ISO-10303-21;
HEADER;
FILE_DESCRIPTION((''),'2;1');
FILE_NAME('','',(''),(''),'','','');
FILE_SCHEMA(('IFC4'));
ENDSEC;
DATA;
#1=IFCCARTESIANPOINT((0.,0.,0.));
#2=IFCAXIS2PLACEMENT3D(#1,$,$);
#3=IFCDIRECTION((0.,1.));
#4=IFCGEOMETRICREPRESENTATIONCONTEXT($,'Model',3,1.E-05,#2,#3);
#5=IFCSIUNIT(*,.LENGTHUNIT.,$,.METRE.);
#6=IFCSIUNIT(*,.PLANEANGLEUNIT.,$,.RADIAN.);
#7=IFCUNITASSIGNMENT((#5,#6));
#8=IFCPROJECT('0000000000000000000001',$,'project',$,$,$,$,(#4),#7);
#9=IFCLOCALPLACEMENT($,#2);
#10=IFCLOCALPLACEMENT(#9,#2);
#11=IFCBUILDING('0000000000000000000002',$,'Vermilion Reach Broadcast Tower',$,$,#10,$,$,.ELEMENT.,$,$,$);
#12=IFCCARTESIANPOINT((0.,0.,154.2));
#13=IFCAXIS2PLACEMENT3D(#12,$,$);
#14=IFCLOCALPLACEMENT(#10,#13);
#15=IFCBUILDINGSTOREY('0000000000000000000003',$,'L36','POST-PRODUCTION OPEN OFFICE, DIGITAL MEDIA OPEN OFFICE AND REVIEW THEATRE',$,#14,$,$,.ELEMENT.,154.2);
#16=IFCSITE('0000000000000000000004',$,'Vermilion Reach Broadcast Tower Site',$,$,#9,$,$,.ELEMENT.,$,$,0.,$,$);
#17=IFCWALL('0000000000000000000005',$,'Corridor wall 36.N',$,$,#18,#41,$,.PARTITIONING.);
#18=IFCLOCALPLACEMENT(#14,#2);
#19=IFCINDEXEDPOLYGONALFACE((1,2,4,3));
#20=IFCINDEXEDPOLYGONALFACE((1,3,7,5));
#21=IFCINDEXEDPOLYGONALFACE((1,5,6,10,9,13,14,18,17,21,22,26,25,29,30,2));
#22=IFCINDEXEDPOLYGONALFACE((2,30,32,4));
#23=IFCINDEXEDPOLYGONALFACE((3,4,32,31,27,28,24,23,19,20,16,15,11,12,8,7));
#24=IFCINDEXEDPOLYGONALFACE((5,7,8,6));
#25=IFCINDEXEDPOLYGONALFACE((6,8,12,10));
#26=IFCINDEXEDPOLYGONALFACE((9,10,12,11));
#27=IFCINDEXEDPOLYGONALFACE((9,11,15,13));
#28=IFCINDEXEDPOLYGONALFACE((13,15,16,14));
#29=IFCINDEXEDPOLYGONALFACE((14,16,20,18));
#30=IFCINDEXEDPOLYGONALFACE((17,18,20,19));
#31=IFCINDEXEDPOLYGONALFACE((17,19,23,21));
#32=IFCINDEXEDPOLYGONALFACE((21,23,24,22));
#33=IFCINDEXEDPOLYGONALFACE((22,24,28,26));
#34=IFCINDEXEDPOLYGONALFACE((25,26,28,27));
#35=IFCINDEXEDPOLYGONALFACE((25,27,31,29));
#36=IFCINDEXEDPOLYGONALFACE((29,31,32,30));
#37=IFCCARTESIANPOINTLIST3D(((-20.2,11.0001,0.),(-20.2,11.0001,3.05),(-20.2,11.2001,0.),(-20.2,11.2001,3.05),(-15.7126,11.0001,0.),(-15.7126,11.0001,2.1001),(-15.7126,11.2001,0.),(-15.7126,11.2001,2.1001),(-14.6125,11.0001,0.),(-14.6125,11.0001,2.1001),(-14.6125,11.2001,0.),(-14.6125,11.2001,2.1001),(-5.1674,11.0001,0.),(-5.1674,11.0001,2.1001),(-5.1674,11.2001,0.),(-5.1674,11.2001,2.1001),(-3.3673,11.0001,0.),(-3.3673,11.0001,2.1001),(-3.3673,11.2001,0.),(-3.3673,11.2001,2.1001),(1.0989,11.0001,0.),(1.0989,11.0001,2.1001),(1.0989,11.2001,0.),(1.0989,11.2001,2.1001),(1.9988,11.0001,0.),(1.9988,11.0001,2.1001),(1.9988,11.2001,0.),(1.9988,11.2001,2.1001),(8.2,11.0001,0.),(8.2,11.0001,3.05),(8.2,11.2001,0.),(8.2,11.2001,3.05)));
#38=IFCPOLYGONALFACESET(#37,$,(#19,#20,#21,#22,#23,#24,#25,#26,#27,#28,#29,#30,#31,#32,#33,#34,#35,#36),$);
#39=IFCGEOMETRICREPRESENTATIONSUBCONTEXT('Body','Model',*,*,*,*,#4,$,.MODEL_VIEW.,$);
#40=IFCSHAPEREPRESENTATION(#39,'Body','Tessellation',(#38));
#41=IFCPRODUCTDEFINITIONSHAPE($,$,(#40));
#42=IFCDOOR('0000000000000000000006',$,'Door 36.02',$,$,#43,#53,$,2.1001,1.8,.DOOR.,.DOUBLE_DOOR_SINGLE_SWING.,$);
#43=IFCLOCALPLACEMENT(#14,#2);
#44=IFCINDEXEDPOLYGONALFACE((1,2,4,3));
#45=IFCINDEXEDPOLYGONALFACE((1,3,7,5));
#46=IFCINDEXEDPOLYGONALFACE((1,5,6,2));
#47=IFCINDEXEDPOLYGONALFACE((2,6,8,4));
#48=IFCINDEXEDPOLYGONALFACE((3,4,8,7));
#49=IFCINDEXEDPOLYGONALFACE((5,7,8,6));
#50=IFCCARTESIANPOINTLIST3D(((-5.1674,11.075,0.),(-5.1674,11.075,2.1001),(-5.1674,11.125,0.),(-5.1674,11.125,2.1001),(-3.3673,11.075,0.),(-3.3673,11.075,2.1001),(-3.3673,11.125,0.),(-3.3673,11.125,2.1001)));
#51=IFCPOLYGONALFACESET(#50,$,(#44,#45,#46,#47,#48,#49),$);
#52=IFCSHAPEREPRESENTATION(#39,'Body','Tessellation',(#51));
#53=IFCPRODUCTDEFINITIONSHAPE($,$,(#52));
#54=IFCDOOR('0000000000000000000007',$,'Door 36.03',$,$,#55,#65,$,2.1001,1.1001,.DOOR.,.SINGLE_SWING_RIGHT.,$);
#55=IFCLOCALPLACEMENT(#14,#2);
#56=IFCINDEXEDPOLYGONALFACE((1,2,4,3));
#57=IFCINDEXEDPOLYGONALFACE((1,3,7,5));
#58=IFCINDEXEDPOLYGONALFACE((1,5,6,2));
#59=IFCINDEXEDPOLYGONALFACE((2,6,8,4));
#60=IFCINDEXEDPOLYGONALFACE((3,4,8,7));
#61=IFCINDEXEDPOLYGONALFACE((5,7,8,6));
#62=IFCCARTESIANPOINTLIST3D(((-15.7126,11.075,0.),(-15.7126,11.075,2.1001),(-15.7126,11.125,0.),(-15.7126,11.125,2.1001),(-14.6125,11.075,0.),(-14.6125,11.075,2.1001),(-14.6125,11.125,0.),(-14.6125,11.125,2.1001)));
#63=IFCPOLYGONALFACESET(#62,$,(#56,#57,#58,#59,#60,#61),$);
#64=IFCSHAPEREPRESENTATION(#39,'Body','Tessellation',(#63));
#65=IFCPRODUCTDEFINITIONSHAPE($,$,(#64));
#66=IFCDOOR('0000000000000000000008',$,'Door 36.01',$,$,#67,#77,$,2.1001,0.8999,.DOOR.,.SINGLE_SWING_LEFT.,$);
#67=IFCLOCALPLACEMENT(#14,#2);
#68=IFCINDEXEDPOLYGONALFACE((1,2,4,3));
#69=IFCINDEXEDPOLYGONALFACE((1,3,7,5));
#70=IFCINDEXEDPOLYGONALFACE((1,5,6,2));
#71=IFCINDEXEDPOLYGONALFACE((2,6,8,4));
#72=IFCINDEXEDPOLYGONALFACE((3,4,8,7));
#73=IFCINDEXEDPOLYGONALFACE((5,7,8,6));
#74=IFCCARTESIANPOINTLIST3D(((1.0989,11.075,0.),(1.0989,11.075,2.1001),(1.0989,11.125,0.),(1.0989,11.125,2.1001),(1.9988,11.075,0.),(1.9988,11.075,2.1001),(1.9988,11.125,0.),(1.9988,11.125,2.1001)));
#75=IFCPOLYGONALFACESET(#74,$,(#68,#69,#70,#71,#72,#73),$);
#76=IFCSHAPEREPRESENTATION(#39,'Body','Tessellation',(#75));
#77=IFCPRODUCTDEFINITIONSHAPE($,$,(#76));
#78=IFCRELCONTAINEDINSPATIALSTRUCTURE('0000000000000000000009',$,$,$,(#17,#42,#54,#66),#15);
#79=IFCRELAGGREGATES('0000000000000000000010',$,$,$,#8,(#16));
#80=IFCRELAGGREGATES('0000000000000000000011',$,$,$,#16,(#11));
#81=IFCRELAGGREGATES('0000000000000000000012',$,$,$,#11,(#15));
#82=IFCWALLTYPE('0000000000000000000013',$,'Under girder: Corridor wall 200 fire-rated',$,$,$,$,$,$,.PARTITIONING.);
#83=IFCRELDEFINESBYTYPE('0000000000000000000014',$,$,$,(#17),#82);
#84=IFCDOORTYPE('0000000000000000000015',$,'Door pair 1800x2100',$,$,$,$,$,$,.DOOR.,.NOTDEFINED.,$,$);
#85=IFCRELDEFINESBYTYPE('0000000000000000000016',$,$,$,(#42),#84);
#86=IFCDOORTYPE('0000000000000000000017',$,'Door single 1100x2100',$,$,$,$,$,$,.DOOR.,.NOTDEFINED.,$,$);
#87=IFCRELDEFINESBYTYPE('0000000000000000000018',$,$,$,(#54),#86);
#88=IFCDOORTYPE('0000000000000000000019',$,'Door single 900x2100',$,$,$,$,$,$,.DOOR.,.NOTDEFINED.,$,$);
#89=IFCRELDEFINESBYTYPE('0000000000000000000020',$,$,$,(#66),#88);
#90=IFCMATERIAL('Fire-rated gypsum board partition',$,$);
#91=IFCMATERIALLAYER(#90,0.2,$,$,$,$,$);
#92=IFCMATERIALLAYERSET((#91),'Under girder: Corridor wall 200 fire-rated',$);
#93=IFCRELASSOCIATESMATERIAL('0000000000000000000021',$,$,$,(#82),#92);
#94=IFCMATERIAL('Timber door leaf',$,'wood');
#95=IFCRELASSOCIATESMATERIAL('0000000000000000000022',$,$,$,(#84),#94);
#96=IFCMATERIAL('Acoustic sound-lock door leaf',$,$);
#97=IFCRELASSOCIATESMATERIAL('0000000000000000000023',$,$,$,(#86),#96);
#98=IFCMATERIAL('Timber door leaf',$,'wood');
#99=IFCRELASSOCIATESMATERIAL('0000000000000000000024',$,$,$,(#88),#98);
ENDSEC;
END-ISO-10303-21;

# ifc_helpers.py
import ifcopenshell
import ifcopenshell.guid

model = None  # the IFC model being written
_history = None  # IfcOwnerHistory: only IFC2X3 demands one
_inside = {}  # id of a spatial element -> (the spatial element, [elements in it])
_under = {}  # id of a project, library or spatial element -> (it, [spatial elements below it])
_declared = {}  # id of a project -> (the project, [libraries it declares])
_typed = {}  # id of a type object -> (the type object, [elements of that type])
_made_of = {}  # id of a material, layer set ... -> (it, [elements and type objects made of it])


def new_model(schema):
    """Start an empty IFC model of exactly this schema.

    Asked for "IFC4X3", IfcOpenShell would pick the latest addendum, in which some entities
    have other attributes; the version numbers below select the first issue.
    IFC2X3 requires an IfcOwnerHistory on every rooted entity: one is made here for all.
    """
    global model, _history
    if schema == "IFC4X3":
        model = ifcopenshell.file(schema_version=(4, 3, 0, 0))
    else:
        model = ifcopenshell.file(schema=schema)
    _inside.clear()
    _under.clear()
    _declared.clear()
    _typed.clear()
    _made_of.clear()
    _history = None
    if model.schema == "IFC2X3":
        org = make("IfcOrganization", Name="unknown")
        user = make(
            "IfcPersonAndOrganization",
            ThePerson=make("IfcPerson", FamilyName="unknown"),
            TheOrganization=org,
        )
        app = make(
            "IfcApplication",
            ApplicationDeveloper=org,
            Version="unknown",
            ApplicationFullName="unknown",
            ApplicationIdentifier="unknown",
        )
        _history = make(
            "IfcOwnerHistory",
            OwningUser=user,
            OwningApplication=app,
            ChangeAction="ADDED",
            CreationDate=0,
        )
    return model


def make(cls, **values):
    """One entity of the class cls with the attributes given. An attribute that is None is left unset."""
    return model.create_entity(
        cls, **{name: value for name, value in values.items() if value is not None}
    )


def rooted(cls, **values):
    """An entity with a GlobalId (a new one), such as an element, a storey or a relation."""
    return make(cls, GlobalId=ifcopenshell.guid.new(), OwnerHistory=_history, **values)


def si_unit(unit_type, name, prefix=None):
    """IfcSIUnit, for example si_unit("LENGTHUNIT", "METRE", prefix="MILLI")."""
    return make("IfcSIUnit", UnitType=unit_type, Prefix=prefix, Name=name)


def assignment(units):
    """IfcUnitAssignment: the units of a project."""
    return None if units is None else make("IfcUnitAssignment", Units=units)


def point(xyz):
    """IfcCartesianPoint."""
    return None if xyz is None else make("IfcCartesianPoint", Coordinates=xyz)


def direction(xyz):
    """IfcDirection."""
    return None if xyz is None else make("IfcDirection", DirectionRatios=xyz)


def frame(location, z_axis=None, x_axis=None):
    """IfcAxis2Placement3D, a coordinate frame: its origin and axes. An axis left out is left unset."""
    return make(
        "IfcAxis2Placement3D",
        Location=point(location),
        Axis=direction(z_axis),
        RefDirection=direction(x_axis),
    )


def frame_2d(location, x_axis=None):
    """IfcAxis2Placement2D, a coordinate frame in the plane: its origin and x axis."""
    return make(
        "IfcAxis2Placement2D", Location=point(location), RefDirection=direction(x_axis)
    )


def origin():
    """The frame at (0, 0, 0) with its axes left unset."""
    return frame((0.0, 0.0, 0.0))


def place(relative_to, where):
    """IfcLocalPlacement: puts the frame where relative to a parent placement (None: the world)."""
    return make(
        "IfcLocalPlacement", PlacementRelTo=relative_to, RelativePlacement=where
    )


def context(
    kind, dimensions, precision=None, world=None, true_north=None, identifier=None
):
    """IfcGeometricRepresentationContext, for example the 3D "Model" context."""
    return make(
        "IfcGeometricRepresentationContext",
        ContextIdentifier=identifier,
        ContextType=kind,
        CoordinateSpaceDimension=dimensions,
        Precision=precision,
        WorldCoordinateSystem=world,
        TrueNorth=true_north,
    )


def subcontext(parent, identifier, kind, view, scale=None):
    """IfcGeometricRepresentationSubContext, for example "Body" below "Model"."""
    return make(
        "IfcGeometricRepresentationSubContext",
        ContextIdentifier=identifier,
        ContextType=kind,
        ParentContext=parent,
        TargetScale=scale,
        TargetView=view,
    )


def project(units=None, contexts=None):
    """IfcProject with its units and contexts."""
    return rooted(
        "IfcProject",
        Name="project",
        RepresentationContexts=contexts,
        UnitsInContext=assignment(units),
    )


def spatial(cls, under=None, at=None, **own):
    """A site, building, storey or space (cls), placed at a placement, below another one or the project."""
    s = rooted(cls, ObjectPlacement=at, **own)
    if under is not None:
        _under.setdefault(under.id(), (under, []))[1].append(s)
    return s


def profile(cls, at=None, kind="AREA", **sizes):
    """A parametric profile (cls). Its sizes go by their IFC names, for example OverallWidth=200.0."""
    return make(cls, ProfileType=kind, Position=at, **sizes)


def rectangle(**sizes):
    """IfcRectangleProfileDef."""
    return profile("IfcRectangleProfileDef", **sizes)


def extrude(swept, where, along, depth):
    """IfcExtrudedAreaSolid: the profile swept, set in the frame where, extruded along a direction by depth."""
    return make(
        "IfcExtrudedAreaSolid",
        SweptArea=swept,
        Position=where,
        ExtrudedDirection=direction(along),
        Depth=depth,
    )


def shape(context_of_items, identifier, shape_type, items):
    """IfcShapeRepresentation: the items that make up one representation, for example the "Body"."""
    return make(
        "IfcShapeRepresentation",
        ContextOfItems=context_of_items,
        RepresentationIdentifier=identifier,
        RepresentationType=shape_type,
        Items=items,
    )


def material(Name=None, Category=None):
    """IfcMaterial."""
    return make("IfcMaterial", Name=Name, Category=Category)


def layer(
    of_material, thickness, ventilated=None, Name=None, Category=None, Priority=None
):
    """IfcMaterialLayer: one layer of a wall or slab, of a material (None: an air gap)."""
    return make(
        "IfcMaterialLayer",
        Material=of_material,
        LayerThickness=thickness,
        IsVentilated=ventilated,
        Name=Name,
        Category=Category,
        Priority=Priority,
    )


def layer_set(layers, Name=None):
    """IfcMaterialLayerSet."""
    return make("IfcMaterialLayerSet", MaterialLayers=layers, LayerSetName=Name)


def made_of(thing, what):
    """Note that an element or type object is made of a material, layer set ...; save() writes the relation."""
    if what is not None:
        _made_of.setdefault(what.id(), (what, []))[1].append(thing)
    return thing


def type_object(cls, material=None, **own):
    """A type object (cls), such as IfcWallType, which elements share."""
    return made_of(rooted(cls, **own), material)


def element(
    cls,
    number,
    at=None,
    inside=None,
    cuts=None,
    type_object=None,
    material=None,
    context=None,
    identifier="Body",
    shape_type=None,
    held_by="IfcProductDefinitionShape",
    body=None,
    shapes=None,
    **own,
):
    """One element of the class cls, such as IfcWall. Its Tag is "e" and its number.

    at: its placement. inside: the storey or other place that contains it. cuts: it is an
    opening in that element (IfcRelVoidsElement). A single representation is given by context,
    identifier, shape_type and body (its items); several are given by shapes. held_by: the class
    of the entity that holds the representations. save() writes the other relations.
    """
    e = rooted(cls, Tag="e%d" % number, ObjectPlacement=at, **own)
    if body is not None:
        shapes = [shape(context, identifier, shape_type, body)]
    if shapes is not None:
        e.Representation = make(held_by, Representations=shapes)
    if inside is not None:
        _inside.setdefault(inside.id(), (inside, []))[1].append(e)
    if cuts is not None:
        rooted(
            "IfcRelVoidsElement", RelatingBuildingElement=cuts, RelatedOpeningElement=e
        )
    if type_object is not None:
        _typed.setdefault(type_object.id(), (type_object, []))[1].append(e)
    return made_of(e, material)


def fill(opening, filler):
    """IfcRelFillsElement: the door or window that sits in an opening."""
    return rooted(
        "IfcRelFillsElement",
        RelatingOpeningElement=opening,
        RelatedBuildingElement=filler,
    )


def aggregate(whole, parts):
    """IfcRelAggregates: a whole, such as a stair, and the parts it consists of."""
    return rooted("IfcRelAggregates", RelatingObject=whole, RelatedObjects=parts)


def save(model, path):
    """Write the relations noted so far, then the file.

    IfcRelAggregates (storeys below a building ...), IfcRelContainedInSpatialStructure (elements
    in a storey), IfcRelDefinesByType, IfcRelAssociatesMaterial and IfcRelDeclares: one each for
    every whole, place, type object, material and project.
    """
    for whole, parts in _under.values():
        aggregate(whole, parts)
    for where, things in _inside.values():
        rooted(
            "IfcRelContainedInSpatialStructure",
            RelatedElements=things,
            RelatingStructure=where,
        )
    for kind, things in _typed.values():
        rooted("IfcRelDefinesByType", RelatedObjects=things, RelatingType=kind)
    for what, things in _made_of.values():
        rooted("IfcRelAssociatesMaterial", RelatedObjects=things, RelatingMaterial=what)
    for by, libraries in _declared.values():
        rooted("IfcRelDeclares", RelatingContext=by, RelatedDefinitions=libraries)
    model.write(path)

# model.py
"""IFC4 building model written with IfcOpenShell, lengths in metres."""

from ifc_helpers import new_model, si_unit, direction, frame, frame_2d, origin, place, context, subcontext, project, spatial, rectangle, extrude, material, layer, layer_set, type_object, element, fill, save


model = new_model("IFC4")

# Units and contexts
model_context = context("Model", 3, precision=1e-05, world=origin(), true_north=direction((0.0, 1.0)))
body_context = subcontext(model_context, "Body", "Model", "MODEL_VIEW")
ifc_project = project(units=[si_unit("LENGTHUNIT", "METRE"), si_unit("PLANEANGLEUNIT", "RADIAN")], contexts=[model_context])

# Site, building, storey
site_placement = place(None, origin())
site = spatial("IfcSite", under=ifc_project, at=site_placement, Name="Vermilion Reach Broadcast Tower Site", CompositionType="ELEMENT", RefElevation=0.0)
building_placement = place(site_placement, origin())
building = spatial("IfcBuilding", under=site, at=building_placement, Name="Vermilion Reach Broadcast Tower", CompositionType="ELEMENT")
storey_placement = place(building_placement, frame((0.0, 0.0, 154.2)))
storey = spatial("IfcBuildingStorey", under=building, at=storey_placement, Name="L36", Description="POST-PRODUCTION OPEN OFFICE, DIGITAL MEDIA OPEN OFFICE AND REVIEW THEATRE", CompositionType="ELEMENT", Elevation=154.2)

# Wall, openings, doors
ifc_material_1 = material(Name="Fire-rated gypsum board partition")
ifc_layer_1 = layer(ifc_material_1, 0.2)
ifc_layer_set_1 = layer_set([ifc_layer_1], Name="Under girder: Corridor wall 200 fire-rated")
wall_type_1 = type_object("IfcWallType", Name="Under girder: Corridor wall 200 fire-rated", PredefinedType="PARTITIONING", material=ifc_layer_set_1)
wall_1_placement = place(storey_placement, frame((-20.2, 11.1001, 0.0), z_axis=(0.0, 0.0, 1.0), x_axis=(1.0, 0.0, 0.0)))
wall_1 = element("IfcWall", 1, at=wall_1_placement, inside=storey, type_object=wall_type_1, Name="Corridor wall 36.N", PredefinedType="PARTITIONING", context=body_context, shape_type="SweptSolid", body=[
    extrude(rectangle(XDim=28.3999, YDim=0.2, at=frame_2d((14.2, 0.0))), origin(), (0.0, 0.0, 1.0), 3.05),
])
opening_1_placement = place(wall_1_placement, frame((21.2988, 0.0, 0.0)))
opening_1 = element("IfcOpeningElement", 2, at=opening_1_placement, cuts=wall_1, PredefinedType="OPENING", context=body_context, shape_type="SweptSolid", body=[
    extrude(rectangle(XDim=0.8999, YDim=2.1001, at=frame_2d((0.45, 1.05))), frame((0.0, 0.1099, 0.0), z_axis=(0.0, -1.0, 0.0), x_axis=(1.0, 0.0, 0.0)), (0.0, 0.0, 1.0), 0.22),
])
opening_2_placement = place(wall_1_placement, frame((15.0327, 0.0, 0.0)))
opening_2 = element("IfcOpeningElement", 3, at=opening_2_placement, cuts=wall_1, PredefinedType="OPENING", context=body_context, shape_type="SweptSolid", body=[
    extrude(rectangle(XDim=1.8, YDim=2.1001, at=frame_2d((0.8999, 1.05))), frame((0.0, 0.1099, 0.0), z_axis=(0.0, -1.0, 0.0), x_axis=(1.0, 0.0, 0.0)), (0.0, 0.0, 1.0), 0.22),
])
opening_3_placement = place(wall_1_placement, frame((4.4873, 0.0, 0.0)))
opening_3 = element("IfcOpeningElement", 4, at=opening_3_placement, cuts=wall_1, PredefinedType="OPENING", context=body_context, shape_type="SweptSolid", body=[
    extrude(rectangle(XDim=1.1001, YDim=2.1001, at=frame_2d((0.55, 1.05))), frame((0.0, 0.1099, 0.0), z_axis=(0.0, -1.0, 0.0), x_axis=(1.0, 0.0, 0.0)), (0.0, 0.0, 1.0), 0.22),
])
ifc_material_2 = material(Name="Timber door leaf", Category="wood")
door_type_1 = type_object("IfcDoorType", Name="Door pair 1800x2100", OperationType="NOTDEFINED", PredefinedType="DOOR", material=ifc_material_2)
door_1_placement = place(opening_2_placement, origin())
door_1 = element("IfcDoor", 5, at=door_1_placement, inside=storey, type_object=door_type_1, Name="Door 36.02", OperationType="DOUBLE_DOOR_SINGLE_SWING", OverallHeight=2.1001, OverallWidth=1.8, PredefinedType="DOOR", context=body_context, shape_type="SweptSolid", body=[
    extrude(rectangle(XDim=1.8, YDim=2.1001, at=frame_2d((0.8999, 1.05))), frame((0.0, 0.0249, 0.0), z_axis=(0.0, -1.0, 0.0), x_axis=(1.0, 0.0, 0.0)), (0.0, 0.0, 1.0), 0.05),
])
fill(opening_2, door_1)
ifc_material_3 = material(Name="Acoustic sound-lock door leaf")
door_type_2 = type_object("IfcDoorType", Name="Door single 1100x2100", OperationType="NOTDEFINED", PredefinedType="DOOR", material=ifc_material_3)
door_2_placement = place(opening_3_placement, origin())
door_2 = element("IfcDoor", 6, at=door_2_placement, inside=storey, type_object=door_type_2, Name="Door 36.03", OperationType="SINGLE_SWING_RIGHT", OverallHeight=2.1001, OverallWidth=1.1001, PredefinedType="DOOR", context=body_context, shape_type="SweptSolid", body=[
    extrude(rectangle(XDim=1.1001, YDim=2.1001, at=frame_2d((0.55, 1.05))), frame((0.0, 0.0249, 0.0), z_axis=(0.0, -1.0, 0.0), x_axis=(1.0, 0.0, 0.0)), (0.0, 0.0, 1.0), 0.05),
])
fill(opening_3, door_2)
ifc_material_4 = material(Name="Timber door leaf", Category="wood")
door_type_3 = type_object("IfcDoorType", Name="Door single 900x2100", OperationType="NOTDEFINED", PredefinedType="DOOR", material=ifc_material_4)
door_3_placement = place(opening_1_placement, origin())
door_3 = element("IfcDoor", 7, at=door_3_placement, inside=storey, type_object=door_type_3, Name="Door 36.01", OperationType="SINGLE_SWING_LEFT", OverallHeight=2.1001, OverallWidth=0.8999, PredefinedType="DOOR", context=body_context, shape_type="SweptSolid", body=[
    extrude(rectangle(XDim=0.8999, YDim=2.1001, at=frame_2d((0.45, 1.05))), frame((0.0, 0.0249, 0.0), z_axis=(0.0, -1.0, 0.0), x_axis=(1.0, 0.0, 0.0)), (0.0, 0.0, 1.0), 0.05),
])
fill(opening_1, door_3)

save(model, "model.ifc")
